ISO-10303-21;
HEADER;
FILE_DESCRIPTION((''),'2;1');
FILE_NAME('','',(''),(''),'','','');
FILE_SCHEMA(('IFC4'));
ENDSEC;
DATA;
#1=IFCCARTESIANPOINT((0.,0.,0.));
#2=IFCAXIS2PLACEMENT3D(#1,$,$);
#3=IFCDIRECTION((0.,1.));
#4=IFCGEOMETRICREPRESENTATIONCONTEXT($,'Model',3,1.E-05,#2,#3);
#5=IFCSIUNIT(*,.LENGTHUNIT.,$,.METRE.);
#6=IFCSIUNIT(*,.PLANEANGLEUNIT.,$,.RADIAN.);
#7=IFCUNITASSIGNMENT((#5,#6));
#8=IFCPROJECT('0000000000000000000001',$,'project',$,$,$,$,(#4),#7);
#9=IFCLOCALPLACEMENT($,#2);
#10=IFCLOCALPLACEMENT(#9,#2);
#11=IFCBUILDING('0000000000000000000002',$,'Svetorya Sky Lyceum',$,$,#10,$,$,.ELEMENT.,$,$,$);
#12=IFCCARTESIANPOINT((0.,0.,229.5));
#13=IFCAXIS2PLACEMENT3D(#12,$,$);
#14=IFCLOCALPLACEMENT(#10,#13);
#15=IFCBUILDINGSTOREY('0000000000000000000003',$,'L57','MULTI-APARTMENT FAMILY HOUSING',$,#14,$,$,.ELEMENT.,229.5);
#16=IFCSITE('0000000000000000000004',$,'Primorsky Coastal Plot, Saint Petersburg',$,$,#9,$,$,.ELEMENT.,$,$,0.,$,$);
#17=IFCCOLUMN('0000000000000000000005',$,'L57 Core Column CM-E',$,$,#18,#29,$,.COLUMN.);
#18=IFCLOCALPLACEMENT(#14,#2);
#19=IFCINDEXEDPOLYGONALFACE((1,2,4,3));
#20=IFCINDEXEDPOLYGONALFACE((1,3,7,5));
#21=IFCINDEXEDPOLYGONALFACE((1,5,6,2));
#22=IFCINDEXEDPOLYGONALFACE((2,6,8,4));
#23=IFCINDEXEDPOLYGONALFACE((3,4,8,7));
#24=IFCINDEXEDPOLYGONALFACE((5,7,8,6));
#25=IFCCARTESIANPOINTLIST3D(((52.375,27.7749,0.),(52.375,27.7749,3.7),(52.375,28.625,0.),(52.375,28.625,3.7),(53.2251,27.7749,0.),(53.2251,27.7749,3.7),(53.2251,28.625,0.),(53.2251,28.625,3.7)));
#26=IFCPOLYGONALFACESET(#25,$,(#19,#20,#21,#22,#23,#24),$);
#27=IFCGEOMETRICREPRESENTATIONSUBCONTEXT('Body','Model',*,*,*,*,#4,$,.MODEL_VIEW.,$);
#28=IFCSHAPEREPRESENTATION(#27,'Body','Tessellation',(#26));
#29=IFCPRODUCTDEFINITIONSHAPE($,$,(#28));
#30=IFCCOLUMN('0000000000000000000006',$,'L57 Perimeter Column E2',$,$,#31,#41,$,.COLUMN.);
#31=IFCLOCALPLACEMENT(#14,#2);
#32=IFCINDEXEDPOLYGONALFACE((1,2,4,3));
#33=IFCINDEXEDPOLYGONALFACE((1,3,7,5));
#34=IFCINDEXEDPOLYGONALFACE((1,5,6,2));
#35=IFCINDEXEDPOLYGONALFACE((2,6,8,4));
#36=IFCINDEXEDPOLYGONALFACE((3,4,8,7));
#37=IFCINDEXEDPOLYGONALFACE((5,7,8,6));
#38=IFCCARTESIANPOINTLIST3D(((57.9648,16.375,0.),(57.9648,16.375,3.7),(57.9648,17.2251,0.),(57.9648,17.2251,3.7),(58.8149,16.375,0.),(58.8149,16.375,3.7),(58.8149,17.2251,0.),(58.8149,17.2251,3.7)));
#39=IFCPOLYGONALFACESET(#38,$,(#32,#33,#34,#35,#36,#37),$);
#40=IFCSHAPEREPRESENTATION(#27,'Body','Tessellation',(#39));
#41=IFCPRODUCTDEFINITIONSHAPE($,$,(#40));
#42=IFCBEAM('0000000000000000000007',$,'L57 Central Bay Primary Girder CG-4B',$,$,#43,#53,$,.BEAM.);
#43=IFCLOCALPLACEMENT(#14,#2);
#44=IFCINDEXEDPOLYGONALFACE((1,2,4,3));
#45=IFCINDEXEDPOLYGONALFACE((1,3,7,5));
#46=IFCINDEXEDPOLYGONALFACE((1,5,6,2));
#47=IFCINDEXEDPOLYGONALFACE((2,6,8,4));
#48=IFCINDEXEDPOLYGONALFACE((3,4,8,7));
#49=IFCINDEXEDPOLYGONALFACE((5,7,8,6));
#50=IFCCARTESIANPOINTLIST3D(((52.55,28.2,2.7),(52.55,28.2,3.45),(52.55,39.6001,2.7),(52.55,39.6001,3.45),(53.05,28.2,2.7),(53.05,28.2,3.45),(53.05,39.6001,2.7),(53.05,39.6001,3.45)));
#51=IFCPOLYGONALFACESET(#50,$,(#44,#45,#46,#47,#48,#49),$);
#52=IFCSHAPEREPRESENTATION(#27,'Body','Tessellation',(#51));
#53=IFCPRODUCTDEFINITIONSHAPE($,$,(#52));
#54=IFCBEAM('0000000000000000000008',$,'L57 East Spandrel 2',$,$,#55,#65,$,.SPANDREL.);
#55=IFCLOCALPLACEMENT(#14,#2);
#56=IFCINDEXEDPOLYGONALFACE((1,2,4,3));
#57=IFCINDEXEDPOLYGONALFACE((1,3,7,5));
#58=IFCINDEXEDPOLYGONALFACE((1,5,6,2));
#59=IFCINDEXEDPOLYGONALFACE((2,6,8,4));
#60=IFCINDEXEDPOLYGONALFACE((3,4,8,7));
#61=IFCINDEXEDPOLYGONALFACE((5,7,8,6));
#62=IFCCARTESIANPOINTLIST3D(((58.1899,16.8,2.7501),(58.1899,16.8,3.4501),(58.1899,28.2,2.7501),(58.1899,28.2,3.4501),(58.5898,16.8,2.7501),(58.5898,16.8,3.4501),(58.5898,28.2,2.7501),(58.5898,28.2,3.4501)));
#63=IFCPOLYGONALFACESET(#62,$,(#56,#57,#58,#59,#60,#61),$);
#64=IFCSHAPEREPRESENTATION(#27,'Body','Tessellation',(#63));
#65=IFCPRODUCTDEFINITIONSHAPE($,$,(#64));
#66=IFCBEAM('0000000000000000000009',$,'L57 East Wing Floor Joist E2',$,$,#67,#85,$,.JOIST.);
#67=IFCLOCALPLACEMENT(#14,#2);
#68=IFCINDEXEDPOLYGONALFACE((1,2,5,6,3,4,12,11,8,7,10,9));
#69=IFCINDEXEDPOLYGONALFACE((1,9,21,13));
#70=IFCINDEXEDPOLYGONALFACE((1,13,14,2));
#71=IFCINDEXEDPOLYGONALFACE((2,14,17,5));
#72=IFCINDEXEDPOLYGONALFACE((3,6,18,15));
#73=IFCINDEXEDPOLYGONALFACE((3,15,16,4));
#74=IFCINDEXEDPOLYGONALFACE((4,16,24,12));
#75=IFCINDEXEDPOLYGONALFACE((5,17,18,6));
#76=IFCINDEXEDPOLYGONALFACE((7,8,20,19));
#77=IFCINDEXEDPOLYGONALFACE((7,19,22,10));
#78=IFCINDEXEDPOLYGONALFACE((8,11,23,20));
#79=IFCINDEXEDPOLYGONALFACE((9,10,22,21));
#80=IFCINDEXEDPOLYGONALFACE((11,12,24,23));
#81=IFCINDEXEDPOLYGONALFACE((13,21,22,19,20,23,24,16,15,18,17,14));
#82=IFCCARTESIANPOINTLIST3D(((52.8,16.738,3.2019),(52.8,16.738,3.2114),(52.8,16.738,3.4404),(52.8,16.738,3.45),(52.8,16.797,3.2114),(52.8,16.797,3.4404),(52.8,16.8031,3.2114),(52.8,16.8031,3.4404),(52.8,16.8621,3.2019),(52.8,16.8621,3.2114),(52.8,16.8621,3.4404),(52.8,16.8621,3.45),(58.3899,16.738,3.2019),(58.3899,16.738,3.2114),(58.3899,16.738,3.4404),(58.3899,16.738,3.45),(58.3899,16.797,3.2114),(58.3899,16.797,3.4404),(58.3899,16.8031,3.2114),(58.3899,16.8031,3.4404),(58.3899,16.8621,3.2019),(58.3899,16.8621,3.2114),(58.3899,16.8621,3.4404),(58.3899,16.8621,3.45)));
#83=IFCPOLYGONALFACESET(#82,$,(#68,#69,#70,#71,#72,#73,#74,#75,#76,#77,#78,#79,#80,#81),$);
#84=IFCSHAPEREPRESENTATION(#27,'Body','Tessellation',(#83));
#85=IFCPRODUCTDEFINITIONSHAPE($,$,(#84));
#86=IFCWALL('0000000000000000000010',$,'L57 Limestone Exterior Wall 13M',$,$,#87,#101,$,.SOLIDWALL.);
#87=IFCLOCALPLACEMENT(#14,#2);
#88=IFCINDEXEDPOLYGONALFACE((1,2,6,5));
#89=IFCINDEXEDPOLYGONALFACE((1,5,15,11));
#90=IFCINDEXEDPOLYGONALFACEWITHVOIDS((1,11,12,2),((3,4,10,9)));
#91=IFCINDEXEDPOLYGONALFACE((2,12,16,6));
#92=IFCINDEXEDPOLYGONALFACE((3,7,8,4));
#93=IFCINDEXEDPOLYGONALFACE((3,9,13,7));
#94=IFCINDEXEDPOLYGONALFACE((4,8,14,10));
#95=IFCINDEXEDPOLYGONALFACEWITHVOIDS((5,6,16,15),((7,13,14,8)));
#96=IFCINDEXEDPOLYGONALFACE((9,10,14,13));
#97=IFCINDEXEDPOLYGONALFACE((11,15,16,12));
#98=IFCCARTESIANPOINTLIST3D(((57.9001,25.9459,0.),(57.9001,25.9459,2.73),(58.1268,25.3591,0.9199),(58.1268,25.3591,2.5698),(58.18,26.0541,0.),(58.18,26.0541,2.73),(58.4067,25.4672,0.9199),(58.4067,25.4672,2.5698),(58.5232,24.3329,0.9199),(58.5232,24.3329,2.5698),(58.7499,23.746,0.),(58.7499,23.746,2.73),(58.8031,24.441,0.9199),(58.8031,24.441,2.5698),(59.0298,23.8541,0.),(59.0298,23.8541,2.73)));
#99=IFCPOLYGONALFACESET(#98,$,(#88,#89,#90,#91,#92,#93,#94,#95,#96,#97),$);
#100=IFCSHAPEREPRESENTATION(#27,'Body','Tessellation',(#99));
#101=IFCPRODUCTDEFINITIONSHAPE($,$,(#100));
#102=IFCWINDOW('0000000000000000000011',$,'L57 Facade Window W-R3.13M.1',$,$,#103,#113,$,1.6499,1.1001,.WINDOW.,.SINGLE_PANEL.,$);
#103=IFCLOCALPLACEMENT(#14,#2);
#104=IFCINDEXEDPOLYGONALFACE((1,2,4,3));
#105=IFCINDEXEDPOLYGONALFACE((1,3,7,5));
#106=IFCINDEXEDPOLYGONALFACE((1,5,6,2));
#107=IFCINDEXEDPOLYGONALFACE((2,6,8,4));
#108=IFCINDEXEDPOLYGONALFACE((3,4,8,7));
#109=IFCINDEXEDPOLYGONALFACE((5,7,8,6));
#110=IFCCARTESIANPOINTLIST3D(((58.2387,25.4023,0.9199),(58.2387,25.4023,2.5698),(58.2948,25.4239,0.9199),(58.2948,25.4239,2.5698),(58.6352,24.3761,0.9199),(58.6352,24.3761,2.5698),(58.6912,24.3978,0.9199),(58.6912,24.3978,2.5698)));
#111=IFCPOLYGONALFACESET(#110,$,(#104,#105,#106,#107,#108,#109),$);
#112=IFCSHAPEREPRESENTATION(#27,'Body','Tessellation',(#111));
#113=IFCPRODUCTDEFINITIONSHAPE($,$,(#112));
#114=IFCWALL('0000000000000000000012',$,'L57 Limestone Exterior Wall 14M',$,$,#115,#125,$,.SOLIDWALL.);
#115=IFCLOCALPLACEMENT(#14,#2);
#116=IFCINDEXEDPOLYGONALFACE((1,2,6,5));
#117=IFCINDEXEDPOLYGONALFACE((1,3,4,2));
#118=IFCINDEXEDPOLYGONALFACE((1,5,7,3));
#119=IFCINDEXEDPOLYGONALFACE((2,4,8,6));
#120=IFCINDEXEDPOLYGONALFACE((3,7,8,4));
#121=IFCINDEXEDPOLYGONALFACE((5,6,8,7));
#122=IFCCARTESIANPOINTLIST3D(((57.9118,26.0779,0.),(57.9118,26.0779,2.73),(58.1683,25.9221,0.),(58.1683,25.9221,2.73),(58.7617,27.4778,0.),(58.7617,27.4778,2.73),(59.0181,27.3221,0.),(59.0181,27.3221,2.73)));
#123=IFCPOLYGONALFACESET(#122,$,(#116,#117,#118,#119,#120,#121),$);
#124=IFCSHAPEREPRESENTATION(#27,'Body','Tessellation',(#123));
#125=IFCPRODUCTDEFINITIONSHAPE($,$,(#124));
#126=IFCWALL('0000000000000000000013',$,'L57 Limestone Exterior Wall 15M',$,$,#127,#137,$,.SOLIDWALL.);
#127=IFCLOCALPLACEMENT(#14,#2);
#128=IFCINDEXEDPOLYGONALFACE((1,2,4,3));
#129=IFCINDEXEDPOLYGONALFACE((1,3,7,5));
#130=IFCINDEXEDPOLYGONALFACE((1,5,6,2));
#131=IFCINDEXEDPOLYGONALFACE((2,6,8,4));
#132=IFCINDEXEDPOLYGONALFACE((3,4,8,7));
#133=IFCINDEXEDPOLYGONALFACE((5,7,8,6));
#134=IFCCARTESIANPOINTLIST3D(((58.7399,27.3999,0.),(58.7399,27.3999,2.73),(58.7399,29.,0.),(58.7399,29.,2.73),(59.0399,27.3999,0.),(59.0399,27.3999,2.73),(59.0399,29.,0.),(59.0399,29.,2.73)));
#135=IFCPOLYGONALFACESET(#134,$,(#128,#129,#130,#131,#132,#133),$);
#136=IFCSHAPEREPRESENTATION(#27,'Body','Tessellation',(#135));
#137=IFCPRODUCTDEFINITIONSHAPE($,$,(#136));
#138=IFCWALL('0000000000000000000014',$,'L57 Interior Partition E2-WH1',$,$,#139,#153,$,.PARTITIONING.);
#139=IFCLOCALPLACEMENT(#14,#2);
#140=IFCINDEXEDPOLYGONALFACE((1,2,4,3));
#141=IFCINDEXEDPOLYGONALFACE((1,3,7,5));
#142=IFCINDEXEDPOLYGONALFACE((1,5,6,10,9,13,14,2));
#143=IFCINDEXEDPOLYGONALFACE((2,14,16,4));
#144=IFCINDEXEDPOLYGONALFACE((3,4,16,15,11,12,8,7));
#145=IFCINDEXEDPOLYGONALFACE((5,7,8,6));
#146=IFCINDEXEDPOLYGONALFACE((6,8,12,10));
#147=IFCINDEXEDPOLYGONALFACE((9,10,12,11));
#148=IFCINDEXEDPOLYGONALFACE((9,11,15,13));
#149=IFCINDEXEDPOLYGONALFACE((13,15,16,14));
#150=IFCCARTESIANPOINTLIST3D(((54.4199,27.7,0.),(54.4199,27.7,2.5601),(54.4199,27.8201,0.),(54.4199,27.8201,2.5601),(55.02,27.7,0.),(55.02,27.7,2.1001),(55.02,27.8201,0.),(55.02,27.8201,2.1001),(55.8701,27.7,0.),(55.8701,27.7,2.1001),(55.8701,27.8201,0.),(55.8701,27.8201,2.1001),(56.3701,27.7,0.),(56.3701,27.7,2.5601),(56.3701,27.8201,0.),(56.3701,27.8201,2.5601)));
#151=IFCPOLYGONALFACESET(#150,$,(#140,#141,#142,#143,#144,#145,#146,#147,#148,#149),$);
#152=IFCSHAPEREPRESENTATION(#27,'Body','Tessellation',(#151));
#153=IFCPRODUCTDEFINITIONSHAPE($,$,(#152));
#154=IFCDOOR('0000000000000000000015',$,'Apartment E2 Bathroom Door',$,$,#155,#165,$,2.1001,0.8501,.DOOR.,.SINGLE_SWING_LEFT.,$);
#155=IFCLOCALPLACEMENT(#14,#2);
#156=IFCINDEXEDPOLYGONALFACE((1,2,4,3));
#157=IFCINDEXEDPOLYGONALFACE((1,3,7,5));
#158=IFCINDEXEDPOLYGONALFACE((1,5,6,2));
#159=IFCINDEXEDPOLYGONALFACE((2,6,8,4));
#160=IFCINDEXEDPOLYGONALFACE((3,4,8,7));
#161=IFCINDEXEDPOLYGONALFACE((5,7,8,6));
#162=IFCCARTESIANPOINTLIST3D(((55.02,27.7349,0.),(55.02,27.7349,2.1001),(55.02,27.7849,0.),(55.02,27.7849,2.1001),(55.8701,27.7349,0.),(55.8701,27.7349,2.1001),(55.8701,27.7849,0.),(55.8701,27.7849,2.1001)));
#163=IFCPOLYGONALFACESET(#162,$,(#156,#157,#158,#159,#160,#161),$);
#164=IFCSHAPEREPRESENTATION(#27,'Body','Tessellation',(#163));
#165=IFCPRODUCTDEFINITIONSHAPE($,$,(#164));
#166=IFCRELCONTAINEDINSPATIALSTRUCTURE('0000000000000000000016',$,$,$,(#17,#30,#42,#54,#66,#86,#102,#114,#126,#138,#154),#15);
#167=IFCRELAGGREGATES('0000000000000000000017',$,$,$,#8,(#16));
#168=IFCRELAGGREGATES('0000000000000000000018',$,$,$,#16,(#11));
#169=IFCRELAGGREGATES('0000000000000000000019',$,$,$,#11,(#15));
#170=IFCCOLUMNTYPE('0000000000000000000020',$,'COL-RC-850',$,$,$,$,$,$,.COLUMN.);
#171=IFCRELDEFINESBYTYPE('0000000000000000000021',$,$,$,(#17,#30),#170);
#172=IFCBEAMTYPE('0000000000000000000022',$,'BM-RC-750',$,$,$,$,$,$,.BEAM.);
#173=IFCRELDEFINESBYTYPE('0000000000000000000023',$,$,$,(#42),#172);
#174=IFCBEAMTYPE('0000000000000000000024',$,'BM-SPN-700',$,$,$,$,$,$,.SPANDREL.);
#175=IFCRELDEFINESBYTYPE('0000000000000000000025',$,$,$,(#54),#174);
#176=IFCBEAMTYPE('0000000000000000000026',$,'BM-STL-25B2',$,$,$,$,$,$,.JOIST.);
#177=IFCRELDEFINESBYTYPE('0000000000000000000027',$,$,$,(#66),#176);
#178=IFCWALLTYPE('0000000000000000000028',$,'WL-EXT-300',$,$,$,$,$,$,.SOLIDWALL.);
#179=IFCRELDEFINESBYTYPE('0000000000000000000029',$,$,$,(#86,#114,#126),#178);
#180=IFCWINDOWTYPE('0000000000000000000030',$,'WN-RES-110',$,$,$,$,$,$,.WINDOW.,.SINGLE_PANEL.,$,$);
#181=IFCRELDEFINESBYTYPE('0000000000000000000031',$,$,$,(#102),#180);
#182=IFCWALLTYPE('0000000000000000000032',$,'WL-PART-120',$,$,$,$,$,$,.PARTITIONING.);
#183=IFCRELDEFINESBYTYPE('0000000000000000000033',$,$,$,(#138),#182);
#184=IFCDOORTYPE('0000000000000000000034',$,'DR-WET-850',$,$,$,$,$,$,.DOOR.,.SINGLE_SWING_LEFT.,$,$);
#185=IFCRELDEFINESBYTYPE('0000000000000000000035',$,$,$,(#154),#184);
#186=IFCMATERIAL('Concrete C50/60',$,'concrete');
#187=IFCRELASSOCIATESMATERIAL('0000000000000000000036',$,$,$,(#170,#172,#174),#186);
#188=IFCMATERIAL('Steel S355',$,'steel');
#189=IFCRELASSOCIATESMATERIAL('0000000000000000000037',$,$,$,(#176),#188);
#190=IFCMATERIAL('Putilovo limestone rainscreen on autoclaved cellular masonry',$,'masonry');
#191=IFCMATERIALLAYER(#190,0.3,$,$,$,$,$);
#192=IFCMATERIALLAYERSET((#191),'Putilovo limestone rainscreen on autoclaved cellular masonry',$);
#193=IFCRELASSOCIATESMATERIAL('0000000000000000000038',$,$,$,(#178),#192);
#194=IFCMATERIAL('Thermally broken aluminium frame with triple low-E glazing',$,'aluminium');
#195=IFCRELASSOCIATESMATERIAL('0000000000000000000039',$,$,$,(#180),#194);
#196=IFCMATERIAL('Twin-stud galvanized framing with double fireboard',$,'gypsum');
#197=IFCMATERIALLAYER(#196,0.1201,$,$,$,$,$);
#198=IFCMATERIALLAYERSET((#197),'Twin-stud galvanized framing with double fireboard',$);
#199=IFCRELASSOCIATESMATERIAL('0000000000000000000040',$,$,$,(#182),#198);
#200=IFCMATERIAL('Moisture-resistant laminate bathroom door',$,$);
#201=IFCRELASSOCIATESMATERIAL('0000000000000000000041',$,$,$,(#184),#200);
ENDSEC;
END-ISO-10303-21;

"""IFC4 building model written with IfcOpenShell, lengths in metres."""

from ifc_helpers import new_model, si_unit, direction, frame, frame_2d, origin, origin_2d, place, context, subcontext, project, spatial, rectangle, i_section, extrude, material, layer, layer_set, material_profile, profile_set, type_object, element, fill, save


model = new_model("IFC4")

# Units and contexts
model_context = context("Model", 3, precision=1e-05, world=origin(), true_north=direction((0.0, 1.0)))
body_context = subcontext(model_context, "Body", "Model", "MODEL_VIEW")
ifc_project = project(units=[si_unit("LENGTHUNIT", "METRE"), si_unit("PLANEANGLEUNIT", "RADIAN")], contexts=[model_context])

# Site, building, storey
site_placement = place(None, origin())
site = spatial("IfcSite", under=ifc_project, at=site_placement, Name="Primorsky Coastal Plot, Saint Petersburg", CompositionType="ELEMENT", RefElevation=0.0)
building_placement = place(site_placement, origin())
building = spatial("IfcBuilding", under=site, at=building_placement, Name="Svetorya Sky Lyceum", CompositionType="ELEMENT")
storey_placement = place(building_placement, frame((0.0, 0.0, 229.5)))
storey = spatial("IfcBuildingStorey", under=building, at=storey_placement, Name="L57", Description="MULTI-APARTMENT FAMILY HOUSING", CompositionType="ELEMENT", Elevation=229.5)

# Columns
ifc_material_1 = material(Name="Concrete C50/60", Category="concrete")
ifc_material_profile_1 = material_profile(ifc_material_1, rectangle(XDim=0.8501, YDim=0.8501, at=origin_2d()), Name="RC COL 850x850")
ifc_profile_set_1 = profile_set([ifc_material_profile_1], Name="Concrete C50/60")
column_type = type_object("IfcColumnType", Name="COL-RC-850", PredefinedType="COLUMN", material=ifc_profile_set_1)
for number, where, z_axis, x_axis, name in (
    (1, (52.8, 28.2, 0.0), (0.0, 0.0, 1.0), (1.0, 0.0, 0.0), "L57 Core Column CM-E"),
    (2, (58.3899, 16.8, 0.0), (0.0, 0.0, 1.0), (1.0, 0.0, 0.0), "L57 Perimeter Column E2"),
):
    element("IfcColumn", number, at=place(storey_placement, frame(where, z_axis=z_axis, x_axis=x_axis)), inside=storey, type_object=column_type, Name=name, PredefinedType="COLUMN", context=body_context, shape_type="SweptSolid", body=[
        extrude(rectangle(XDim=0.8501, YDim=0.8501, at=origin_2d()), origin(), (0.0, 0.0, 1.0), 3.7),
    ])

# Beams
ifc_material_profile_2 = material_profile(ifc_material_1, rectangle(XDim=0.5, YDim=0.75, at=origin_2d()), Name="RC BEAM 500x750")
ifc_profile_set_2 = profile_set([ifc_material_profile_2], Name="Concrete C50/60")
beam_type_1 = type_object("IfcBeamType", Name="BM-RC-750", PredefinedType="BEAM", material=ifc_profile_set_2)
beam_1_placement = place(storey_placement, frame((52.8, 28.2, 3.075), z_axis=(0.0, 1.0, 0.0), x_axis=(-1.0, 0.0, 0.0)))
element("IfcBeam", 3, at=beam_1_placement, inside=storey, type_object=beam_type_1, Name="L57 Central Bay Primary Girder CG-4B", PredefinedType="BEAM", context=body_context, shape_type="SweptSolid", body=[
    extrude(rectangle(XDim=0.5, YDim=0.75, at=origin_2d()), origin(), (0.0, 0.0, 1.0), 11.4001),
])
ifc_material_profile_3 = material_profile(ifc_material_1, rectangle(XDim=0.3999, YDim=0.7, at=origin_2d()), Name="RC SPANDREL 400x700")
ifc_profile_set_3 = profile_set([ifc_material_profile_3], Name="Concrete C50/60")
beam_type_2 = type_object("IfcBeamType", Name="BM-SPN-700", PredefinedType="SPANDREL", material=ifc_profile_set_3)
beam_2_placement = place(storey_placement, frame((58.3899, 16.8, 3.1001), z_axis=(0.0, 1.0, 0.0), x_axis=(-1.0, 0.0, 0.0)))
element("IfcBeam", 4, at=beam_2_placement, inside=storey, type_object=beam_type_2, Name="L57 East Spandrel 2", PredefinedType="SPANDREL", context=body_context, shape_type="SweptSolid", body=[
    extrude(rectangle(XDim=0.3999, YDim=0.7, at=origin_2d()), origin(), (0.0, 0.0, 1.0), 11.3999),
])
ifc_material_2 = material(Name="Steel S355", Category="steel")
ifc_material_profile_4 = material_profile(ifc_material_2, i_section(OverallWidth=0.124, OverallDepth=0.248, WebThickness=0.0061, FlangeThickness=0.0095, at=origin_2d()), Name="GOST 25B2")
ifc_profile_set_4 = profile_set([ifc_material_profile_4], Name="Steel S355")
beam_type_3 = type_object("IfcBeamType", Name="BM-STL-25B2", PredefinedType="JOIST", material=ifc_profile_set_4)
beam_3_placement = place(storey_placement, frame((52.8, 16.8, 3.3259), z_axis=(1.0, 0.0, 0.0), x_axis=(0.0, 1.0, 0.0)))
element("IfcBeam", 5, at=beam_3_placement, inside=storey, type_object=beam_type_3, Name="L57 East Wing Floor Joist E2", PredefinedType="JOIST", context=body_context, shape_type="SweptSolid", body=[
    extrude(i_section(OverallWidth=0.124, OverallDepth=0.248, WebThickness=0.0061, FlangeThickness=0.0095, at=origin_2d()), origin(), (0.0, 0.0, 1.0), 5.5898),
])

# Wall, opening, window
ifc_material_3 = material(Name="Putilovo limestone rainscreen on autoclaved cellular masonry", Category="masonry")
ifc_layer_1 = layer(ifc_material_3, 0.3)
ifc_layer_set_1 = layer_set([ifc_layer_1], Name="Putilovo limestone rainscreen on autoclaved cellular masonry")
wall_type_1 = type_object("IfcWallType", Name="WL-EXT-300", PredefinedType="SOLIDWALL", material=ifc_layer_set_1)
wall_1_placement = place(storey_placement, frame((58.8899, 23.8, 0.0), z_axis=(0.0, 0.0, 1.0), x_axis=(-0.360352, 0.932816, 0.0)))
wall_1 = element("IfcWall", 6, at=wall_1_placement, inside=storey, type_object=wall_type_1, Name="L57 Limestone Exterior Wall 13M", PredefinedType="SOLIDWALL", context=body_context, shape_type="SweptSolid", body=[
    extrude(rectangle(XDim=2.3584, YDim=0.3, at=frame_2d((1.1792, 0.0))), origin(), (0.0, 0.0, 1.0), 2.73),
])
opening_1_placement = place(wall_1_placement, frame((0.6292, 0.0, 0.9199)))
opening_1 = element("IfcOpeningElement", 7, at=opening_1_placement, cuts=wall_1, PredefinedType="OPENING", context=body_context, shape_type="SweptSolid", body=[
    extrude(rectangle(XDim=1.1001, YDim=1.6499, at=frame_2d((0.55, 0.825))), frame((0.0, 0.1599, 0.0), z_axis=(0.0, -1.0, 0.0), x_axis=(1.0, 0.0, 0.0)), (0.0, 0.0, 1.0), 0.3201),
])
ifc_material_4 = material(Name="Thermally broken aluminium frame with triple low-E glazing", Category="aluminium")
window_type = type_object("IfcWindowType", Name="WN-RES-110", PartitioningType="SINGLE_PANEL", PredefinedType="WINDOW", material=ifc_material_4)
window_placement = place(opening_1_placement, origin())
window = element("IfcWindow", 8, at=window_placement, inside=storey, type_object=window_type, Name="L57 Facade Window W-R3.13M.1", OverallHeight=1.6499, OverallWidth=1.1001, PartitioningType="SINGLE_PANEL", PredefinedType="WINDOW", context=body_context, shape_type="SweptSolid", body=[
    extrude(rectangle(XDim=1.1001, YDim=1.6499, at=frame_2d((0.55, 0.825))), frame((0.0, 0.03, 0.0), z_axis=(0.0, -1.0, 0.0), x_axis=(1.0, 0.0, 0.0)), (0.0, 0.0, 1.0), 0.0601),
])
fill(opening_1, window)

# Walls
wall_2_placement = place(storey_placement, frame((58.04, 26.0, 0.0), z_axis=(0.0, 0.0, 1.0), x_axis=(0.518939, 0.854811, 0.0)))
element("IfcWall", 9, at=wall_2_placement, inside=storey, type_object=wall_type_1, Name="L57 Limestone Exterior Wall 14M", PredefinedType="SOLIDWALL", context=body_context, shape_type="SweptSolid", body=[
    extrude(rectangle(XDim=1.6377, YDim=0.3, at=frame_2d((0.8188, 0.0))), origin(), (0.0, 0.0, 1.0), 2.73),
])
wall_3_placement = place(storey_placement, frame((58.8899, 27.3999, 0.0), z_axis=(0.0, 0.0, 1.0), x_axis=(0.0, 1.0, 0.0)))
element("IfcWall", 10, at=wall_3_placement, inside=storey, type_object=wall_type_1, Name="L57 Limestone Exterior Wall 15M", PredefinedType="SOLIDWALL", context=body_context, shape_type="SweptSolid", body=[
    extrude(rectangle(XDim=1.6001, YDim=0.3, at=frame_2d((0.8, 0.0))), origin(), (0.0, 0.0, 1.0), 2.73),
])

# Wall, opening, door
ifc_material_5 = material(Name="Twin-stud galvanized framing with double fireboard", Category="gypsum")
ifc_layer_2 = layer(ifc_material_5, 0.1201)
ifc_layer_set_2 = layer_set([ifc_layer_2], Name="Twin-stud galvanized framing with double fireboard")
wall_type_2 = type_object("IfcWallType", Name="WL-PART-120", PredefinedType="PARTITIONING", material=ifc_layer_set_2)
wall_4_placement = place(storey_placement, frame((54.4199, 27.76, 0.0), z_axis=(0.0, 0.0, 1.0), x_axis=(1.0, 0.0, 0.0)))
wall_4 = element("IfcWall", 11, at=wall_4_placement, inside=storey, type_object=wall_type_2, Name="L57 Interior Partition E2-WH1", PredefinedType="PARTITIONING", context=body_context, shape_type="SweptSolid", body=[
    extrude(rectangle(XDim=1.9502, YDim=0.1201, at=frame_2d((0.9751, 0.0))), origin(), (0.0, 0.0, 1.0), 2.5601),
])
opening_2_placement = place(wall_4_placement, frame((0.6001, 0.0, 0.0)))
opening_2 = element("IfcOpeningElement", 12, at=opening_2_placement, cuts=wall_4, PredefinedType="OPENING", context=body_context, shape_type="SweptSolid", body=[
    extrude(rectangle(XDim=0.8501, YDim=2.1001, at=frame_2d((0.425, 1.05))), frame((0.0, 0.0701, 0.0), z_axis=(0.0, -1.0, 0.0), x_axis=(1.0, 0.0, 0.0)), (0.0, 0.0, 1.0), 0.1401),
])
ifc_material_6 = material(Name="Moisture-resistant laminate bathroom door")
door_type_1 = type_object("IfcDoorType", Name="DR-WET-850", OperationType="SINGLE_SWING_LEFT", PredefinedType="DOOR", material=ifc_material_6)
door_1_placement = place(opening_2_placement, origin())
door_1 = element("IfcDoor", 13, at=door_1_placement, inside=storey, type_object=door_type_1, Name="Apartment E2 Bathroom Door", OperationType="SINGLE_SWING_LEFT", OverallHeight=2.1001, OverallWidth=0.8501, PredefinedType="DOOR", context=body_context, shape_type="SweptSolid", body=[
    extrude(rectangle(XDim=0.8501, YDim=2.1001, at=frame_2d((0.425, 1.05))), frame((0.0, 0.0249, 0.0), z_axis=(0.0, -1.0, 0.0), x_axis=(1.0, 0.0, 0.0)), (0.0, 0.0, 1.0), 0.05),
])
fill(opening_2, door_1)

save(model, "model.ifc")
